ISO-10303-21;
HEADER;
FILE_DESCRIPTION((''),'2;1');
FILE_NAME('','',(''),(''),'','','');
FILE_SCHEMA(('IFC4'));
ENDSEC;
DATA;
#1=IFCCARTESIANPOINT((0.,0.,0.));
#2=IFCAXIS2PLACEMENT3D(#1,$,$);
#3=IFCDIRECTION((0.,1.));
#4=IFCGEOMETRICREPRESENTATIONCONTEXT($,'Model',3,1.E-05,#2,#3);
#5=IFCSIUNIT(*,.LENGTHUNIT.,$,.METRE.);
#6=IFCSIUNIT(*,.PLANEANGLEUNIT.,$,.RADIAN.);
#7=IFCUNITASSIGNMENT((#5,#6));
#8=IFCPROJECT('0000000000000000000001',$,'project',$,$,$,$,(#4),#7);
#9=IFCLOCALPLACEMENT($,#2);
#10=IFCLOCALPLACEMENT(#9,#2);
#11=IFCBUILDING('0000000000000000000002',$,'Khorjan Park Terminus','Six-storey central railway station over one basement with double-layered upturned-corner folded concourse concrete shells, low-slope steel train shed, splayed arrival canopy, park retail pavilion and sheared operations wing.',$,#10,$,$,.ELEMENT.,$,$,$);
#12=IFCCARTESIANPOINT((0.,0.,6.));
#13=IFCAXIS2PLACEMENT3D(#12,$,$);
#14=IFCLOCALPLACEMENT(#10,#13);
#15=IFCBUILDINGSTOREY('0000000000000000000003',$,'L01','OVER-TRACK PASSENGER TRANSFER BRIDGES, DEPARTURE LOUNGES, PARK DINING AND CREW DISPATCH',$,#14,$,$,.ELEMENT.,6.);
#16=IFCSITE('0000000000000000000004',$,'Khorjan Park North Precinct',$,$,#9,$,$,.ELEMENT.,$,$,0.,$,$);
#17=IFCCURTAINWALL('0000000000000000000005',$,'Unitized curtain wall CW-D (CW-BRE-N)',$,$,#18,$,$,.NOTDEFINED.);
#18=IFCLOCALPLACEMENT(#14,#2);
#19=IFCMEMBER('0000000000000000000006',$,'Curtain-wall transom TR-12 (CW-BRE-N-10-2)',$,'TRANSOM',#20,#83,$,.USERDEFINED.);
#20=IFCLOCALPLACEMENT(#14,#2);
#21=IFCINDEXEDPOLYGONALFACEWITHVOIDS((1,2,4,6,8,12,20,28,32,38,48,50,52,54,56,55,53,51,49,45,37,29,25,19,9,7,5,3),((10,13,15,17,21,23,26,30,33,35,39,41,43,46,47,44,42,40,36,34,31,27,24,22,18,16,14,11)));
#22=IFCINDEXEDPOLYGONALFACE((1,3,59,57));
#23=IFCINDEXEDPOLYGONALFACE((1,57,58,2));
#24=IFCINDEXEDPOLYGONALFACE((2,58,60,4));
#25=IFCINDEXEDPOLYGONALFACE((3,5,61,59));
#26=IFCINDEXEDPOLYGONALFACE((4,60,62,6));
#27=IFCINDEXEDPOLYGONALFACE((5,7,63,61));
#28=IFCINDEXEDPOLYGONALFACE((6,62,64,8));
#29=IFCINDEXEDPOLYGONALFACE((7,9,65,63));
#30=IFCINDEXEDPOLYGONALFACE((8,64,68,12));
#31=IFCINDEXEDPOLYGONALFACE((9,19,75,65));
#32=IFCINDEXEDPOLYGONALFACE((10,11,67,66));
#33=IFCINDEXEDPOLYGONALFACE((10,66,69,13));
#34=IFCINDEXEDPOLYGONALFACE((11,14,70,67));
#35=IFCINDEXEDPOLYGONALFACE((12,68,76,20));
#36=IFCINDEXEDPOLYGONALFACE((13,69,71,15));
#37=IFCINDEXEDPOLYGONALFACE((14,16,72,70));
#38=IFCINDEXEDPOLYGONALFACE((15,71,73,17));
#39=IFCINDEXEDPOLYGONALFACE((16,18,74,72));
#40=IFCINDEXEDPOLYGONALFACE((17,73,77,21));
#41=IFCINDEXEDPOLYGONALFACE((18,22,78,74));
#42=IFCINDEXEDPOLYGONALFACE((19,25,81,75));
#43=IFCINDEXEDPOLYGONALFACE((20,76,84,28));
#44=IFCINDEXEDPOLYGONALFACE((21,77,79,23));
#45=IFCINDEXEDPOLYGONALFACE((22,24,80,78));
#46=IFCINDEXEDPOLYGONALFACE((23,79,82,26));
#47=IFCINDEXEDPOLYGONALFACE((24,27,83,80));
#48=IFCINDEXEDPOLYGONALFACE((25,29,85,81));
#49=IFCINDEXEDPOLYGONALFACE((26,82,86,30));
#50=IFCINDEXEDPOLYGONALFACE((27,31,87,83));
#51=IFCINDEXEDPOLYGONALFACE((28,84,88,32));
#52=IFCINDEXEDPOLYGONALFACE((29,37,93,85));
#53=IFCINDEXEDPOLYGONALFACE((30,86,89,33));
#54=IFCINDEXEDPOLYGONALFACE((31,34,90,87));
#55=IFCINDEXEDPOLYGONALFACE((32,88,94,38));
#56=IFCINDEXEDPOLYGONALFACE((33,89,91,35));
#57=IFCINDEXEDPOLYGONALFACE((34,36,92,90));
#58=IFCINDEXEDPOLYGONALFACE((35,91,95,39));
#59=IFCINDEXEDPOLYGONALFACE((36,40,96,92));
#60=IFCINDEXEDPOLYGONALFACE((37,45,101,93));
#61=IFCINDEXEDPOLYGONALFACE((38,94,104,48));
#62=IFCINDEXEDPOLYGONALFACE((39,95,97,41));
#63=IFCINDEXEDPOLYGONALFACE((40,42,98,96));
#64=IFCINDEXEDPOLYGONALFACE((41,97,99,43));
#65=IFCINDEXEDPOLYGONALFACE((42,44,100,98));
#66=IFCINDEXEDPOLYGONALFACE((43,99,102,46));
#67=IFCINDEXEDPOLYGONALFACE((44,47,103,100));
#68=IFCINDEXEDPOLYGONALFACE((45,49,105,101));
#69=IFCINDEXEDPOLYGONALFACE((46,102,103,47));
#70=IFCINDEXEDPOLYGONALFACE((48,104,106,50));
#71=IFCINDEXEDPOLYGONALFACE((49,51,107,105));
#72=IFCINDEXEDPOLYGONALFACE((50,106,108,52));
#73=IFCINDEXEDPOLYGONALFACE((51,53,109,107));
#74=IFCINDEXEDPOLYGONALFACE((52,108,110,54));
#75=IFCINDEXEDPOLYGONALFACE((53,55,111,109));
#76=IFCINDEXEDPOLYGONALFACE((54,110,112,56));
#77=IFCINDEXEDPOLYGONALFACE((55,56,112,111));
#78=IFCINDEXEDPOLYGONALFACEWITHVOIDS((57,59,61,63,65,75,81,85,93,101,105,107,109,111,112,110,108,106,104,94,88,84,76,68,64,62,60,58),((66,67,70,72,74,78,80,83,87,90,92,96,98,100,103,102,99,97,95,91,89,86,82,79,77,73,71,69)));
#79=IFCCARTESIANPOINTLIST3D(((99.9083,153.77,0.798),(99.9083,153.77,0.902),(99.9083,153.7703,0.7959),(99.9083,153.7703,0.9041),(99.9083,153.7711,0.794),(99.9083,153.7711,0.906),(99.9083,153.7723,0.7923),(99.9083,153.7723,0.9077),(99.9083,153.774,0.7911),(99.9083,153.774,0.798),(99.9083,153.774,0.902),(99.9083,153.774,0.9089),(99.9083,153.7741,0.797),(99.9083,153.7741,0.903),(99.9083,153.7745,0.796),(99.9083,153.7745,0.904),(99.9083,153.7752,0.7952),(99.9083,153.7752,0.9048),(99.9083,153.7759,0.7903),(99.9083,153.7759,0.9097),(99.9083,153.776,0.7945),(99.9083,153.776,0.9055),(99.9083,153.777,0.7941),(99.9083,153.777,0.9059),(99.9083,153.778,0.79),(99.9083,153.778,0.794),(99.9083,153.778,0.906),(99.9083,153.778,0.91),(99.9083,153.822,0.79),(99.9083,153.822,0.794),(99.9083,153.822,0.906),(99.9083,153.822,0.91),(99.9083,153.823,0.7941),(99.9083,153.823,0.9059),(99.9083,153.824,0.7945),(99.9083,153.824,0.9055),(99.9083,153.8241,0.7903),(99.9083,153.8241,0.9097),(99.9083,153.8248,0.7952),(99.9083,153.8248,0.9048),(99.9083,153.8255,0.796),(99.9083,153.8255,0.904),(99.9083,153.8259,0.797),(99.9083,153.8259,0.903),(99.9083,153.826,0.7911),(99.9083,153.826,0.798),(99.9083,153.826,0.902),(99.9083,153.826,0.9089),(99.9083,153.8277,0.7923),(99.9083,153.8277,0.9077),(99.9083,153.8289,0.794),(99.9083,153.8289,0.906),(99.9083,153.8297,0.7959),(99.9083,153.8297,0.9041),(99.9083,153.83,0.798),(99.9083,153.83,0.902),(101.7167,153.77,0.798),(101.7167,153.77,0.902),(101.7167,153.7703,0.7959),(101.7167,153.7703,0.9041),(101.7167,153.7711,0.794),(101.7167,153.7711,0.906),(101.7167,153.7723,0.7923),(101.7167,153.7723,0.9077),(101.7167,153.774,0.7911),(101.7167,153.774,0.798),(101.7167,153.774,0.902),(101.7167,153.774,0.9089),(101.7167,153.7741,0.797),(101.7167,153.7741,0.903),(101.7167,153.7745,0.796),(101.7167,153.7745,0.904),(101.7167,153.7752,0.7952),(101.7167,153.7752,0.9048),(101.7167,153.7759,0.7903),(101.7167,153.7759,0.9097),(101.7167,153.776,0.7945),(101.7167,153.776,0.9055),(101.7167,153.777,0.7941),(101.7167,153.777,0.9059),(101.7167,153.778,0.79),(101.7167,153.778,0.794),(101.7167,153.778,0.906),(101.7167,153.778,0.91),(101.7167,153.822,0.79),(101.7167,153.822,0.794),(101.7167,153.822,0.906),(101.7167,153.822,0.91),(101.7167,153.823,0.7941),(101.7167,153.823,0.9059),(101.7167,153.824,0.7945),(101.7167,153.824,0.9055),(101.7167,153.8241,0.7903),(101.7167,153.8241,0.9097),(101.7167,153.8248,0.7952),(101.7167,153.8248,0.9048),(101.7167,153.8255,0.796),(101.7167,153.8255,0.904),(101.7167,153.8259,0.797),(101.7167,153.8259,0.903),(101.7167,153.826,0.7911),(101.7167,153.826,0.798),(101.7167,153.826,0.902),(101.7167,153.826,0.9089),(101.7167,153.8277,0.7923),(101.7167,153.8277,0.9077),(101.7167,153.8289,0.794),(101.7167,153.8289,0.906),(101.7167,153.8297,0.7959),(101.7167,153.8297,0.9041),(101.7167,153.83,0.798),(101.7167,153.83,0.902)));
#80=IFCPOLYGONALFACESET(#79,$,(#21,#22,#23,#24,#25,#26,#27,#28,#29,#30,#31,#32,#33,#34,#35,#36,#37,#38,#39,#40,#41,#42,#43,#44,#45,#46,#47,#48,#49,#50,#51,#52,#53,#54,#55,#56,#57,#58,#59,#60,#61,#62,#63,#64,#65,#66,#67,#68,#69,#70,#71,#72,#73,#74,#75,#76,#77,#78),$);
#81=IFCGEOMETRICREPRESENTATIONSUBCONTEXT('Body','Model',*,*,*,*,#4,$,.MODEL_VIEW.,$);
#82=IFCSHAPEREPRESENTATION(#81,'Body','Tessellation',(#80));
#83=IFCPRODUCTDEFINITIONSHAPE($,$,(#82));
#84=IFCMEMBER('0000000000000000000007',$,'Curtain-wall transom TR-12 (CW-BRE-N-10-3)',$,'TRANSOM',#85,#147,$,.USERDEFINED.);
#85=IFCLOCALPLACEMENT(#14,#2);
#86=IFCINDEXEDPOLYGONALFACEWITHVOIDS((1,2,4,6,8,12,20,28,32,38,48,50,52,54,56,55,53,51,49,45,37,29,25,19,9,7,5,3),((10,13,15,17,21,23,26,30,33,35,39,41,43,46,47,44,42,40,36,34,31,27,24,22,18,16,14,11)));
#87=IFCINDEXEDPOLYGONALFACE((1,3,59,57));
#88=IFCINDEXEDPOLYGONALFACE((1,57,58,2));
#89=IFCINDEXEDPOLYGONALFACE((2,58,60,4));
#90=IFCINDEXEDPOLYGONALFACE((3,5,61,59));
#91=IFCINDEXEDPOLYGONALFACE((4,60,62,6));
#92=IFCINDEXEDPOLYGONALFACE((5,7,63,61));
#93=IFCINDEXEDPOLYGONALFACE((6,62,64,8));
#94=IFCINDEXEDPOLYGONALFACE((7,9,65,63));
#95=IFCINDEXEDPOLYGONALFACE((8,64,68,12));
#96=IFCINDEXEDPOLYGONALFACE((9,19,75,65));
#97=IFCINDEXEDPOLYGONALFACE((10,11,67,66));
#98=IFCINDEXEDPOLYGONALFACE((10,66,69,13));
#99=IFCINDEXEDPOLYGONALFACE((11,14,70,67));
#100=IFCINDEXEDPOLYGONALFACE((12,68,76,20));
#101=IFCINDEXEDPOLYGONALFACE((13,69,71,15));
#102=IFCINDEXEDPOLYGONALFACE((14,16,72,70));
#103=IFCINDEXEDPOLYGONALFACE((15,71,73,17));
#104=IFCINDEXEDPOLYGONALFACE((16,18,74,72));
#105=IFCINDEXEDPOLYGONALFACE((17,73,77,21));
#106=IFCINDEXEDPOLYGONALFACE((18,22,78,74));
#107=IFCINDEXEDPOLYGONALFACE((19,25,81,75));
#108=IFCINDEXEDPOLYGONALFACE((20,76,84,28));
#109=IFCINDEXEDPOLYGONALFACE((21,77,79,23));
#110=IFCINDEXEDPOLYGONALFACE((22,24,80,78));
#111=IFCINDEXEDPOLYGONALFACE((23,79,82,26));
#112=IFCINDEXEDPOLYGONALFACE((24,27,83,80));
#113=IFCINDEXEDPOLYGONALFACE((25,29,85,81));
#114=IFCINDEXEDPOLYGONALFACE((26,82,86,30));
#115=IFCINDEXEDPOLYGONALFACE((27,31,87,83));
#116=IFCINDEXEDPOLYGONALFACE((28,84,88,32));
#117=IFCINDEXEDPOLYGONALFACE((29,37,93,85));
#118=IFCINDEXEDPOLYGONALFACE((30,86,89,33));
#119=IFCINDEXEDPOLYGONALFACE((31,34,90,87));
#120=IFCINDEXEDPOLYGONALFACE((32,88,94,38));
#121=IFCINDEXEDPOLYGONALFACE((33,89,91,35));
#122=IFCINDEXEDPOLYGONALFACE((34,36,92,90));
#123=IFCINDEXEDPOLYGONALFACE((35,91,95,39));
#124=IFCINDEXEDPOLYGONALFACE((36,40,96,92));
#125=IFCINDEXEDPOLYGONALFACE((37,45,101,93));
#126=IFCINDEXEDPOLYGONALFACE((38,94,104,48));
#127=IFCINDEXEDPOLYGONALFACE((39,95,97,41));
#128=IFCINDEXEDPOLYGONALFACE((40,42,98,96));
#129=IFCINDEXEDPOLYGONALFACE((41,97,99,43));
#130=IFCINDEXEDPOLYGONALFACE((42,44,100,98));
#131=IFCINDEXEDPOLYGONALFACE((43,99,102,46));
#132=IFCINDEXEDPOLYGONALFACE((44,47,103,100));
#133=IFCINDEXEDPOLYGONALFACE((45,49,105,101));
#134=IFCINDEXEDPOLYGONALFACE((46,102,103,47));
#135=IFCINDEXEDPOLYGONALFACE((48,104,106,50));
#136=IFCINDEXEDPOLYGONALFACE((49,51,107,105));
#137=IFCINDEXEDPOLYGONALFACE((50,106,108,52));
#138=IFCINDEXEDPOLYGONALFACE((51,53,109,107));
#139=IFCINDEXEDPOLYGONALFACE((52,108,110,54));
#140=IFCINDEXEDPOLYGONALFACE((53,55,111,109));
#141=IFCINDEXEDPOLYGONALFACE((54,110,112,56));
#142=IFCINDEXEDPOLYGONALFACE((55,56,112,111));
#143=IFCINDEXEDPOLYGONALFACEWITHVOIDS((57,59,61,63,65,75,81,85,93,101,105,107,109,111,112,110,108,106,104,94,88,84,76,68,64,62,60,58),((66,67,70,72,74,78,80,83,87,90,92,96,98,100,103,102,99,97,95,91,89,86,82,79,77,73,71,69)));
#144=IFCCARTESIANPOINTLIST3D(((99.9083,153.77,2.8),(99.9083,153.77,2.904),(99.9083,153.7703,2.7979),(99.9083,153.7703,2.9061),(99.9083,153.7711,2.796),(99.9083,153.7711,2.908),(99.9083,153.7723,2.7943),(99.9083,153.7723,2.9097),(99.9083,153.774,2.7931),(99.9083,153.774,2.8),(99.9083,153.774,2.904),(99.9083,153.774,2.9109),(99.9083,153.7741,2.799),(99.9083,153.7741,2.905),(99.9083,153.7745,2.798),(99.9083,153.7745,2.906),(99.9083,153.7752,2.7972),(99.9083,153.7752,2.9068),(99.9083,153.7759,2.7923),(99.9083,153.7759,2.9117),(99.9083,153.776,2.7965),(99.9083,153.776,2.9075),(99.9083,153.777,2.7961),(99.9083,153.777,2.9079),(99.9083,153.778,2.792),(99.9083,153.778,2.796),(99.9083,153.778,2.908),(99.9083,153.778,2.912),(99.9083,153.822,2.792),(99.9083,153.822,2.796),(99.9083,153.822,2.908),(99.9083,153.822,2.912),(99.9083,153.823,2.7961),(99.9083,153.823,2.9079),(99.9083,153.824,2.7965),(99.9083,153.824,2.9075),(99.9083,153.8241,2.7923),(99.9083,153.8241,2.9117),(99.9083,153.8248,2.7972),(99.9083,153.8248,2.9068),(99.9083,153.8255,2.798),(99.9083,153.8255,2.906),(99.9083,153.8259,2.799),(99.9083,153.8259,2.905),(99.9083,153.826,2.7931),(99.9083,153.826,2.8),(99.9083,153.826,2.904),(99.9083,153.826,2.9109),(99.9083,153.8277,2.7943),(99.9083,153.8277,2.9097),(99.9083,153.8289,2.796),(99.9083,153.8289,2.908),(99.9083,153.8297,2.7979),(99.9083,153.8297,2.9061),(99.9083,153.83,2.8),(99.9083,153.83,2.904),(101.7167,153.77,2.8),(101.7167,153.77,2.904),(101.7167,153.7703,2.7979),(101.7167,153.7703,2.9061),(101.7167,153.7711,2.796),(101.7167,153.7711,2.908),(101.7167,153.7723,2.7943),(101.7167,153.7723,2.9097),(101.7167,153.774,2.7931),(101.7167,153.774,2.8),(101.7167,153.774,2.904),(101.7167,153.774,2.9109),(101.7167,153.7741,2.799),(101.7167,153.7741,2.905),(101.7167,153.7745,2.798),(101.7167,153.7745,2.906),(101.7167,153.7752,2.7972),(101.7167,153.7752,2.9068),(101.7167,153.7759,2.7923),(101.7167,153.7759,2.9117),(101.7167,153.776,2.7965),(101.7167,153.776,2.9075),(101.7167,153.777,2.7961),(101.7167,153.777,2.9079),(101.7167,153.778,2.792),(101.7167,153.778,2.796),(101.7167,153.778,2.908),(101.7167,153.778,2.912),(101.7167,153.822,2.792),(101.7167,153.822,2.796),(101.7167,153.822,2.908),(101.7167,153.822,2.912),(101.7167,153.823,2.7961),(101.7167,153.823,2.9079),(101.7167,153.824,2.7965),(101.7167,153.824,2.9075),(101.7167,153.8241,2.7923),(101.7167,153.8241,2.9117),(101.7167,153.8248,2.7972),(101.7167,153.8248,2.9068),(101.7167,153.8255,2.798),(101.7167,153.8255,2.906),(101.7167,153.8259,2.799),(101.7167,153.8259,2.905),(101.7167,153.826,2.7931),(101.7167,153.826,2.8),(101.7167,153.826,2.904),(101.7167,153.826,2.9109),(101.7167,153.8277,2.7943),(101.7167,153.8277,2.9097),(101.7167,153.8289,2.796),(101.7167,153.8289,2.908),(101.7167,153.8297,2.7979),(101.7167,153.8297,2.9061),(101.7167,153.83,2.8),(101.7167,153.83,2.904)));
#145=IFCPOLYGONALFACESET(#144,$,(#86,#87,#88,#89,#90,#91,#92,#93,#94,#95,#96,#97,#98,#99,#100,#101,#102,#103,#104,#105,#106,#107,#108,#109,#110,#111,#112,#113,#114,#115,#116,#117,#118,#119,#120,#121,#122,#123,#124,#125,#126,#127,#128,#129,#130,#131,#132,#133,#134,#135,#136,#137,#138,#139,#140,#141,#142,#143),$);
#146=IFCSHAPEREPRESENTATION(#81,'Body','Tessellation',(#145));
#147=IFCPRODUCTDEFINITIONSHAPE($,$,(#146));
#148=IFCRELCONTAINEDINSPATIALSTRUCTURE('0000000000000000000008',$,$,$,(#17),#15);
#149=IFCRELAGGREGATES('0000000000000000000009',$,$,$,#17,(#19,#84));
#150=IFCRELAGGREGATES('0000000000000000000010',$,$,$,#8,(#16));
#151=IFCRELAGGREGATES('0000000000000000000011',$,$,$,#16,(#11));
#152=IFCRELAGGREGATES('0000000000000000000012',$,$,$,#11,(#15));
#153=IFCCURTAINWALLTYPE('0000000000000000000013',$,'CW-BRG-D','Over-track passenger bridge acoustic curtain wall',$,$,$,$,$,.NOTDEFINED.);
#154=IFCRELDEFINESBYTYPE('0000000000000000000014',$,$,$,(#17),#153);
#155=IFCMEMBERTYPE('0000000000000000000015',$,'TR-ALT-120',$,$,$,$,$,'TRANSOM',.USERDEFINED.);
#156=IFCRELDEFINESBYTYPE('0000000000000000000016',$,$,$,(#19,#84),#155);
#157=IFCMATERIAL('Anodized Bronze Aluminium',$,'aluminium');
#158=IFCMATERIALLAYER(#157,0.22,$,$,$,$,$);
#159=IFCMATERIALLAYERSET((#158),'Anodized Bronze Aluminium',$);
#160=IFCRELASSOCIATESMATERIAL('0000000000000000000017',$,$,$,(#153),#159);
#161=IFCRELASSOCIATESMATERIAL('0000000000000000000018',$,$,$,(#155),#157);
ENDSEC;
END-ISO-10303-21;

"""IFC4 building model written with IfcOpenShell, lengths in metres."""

from ifc_helpers import new_model, si_unit, direction, frame, origin, origin_2d, place, context, subcontext, project, spatial, hollow_rectangle, extrude, material, layer, layer_set, material_profile, profile_set, type_object, element, aggregate, save


model = new_model("IFC4")

# Units and contexts
model_context = context("Model", 3, precision=1e-05, world=origin(), true_north=direction((0.0, 1.0)))
body_context = subcontext(model_context, "Body", "Model", "MODEL_VIEW")
ifc_project = project(units=[si_unit("LENGTHUNIT", "METRE"), si_unit("PLANEANGLEUNIT", "RADIAN")], contexts=[model_context])

# Site, building, storey
site_placement = place(None, origin())
site = spatial("IfcSite", under=ifc_project, at=site_placement, Name="Khorjan Park North Precinct", CompositionType="ELEMENT", RefElevation=0.0)
building_placement = place(site_placement, origin())
building = spatial("IfcBuilding", under=site, at=building_placement, Name="Khorjan Park Terminus", Description="Six-storey central railway station over one basement with double-layered upturned-corner folded concourse concrete shells, low-slope steel train shed, splayed arrival canopy, park retail pavilion and sheared operations wing.", CompositionType="ELEMENT")
storey_placement = place(building_placement, frame((0.0, 0.0, 6.0)))
storey = spatial("IfcBuildingStorey", under=building, at=storey_placement, Name="L01", Description="OVER-TRACK PASSENGER TRANSFER BRIDGES, DEPARTURE LOUNGES, PARK DINING AND CREW DISPATCH", CompositionType="ELEMENT", Elevation=6.0)

# Curtain wall, members
ifc_material_1 = material(Name="Anodized Bronze Aluminium", Category="aluminium")
ifc_layer_1 = layer(ifc_material_1, 0.22)
ifc_layer_set_1 = layer_set([ifc_layer_1], Name="Anodized Bronze Aluminium")
curtain_wall_type = type_object("IfcCurtainWallType", Name="CW-BRG-D", Description="Over-track passenger bridge acoustic curtain wall", PredefinedType="NOTDEFINED", material=ifc_layer_set_1)
curtain_wall_placement = place(storey_placement, origin())
curtain_wall = element("IfcCurtainWall", 1, at=curtain_wall_placement, inside=storey, type_object=curtain_wall_type, Name="Unitized curtain wall CW-D (CW-BRE-N)", PredefinedType="NOTDEFINED")
ifc_material_profile_1 = material_profile(ifc_material_1, hollow_rectangle(XDim=0.06, YDim=0.12, WallThickness=0.004, InnerFilletRadius=0.004, OuterFilletRadius=0.008, at=origin_2d()), Name="ALT 60x120x4")
ifc_profile_set_1 = profile_set([ifc_material_profile_1], Name="Anodized Bronze Aluminium")
member_type_1 = type_object("IfcMemberType", Name="TR-ALT-120", ElementType="TRANSOM", PredefinedType="USERDEFINED", material=ifc_profile_set_1)
member_1_placement = place(storey_placement, frame((101.7167, 153.8, 0.85), z_axis=(-1.0, 0.0, 0.0), x_axis=(0.0, -1.0, 0.0)))
member_1 = element("IfcMember", 2, at=member_1_placement, type_object=member_type_1, Name="Curtain-wall transom TR-12 (CW-BRE-N-10-2)", ObjectType="TRANSOM", PredefinedType="USERDEFINED", context=body_context, shape_type="SweptSolid", body=[
    extrude(hollow_rectangle(XDim=0.06, YDim=0.12, WallThickness=0.004, InnerFilletRadius=0.004, OuterFilletRadius=0.008, at=origin_2d()), origin(), (0.0, 0.0, 1.0), 1.8084),
])
member_2_placement = place(storey_placement, frame((101.7167, 153.8, 2.852), z_axis=(-1.0, 0.0, 0.0), x_axis=(0.0, -1.0, 0.0)))
member_2 = element("IfcMember", 3, at=member_2_placement, type_object=member_type_1, Name="Curtain-wall transom TR-12 (CW-BRE-N-10-3)", ObjectType="TRANSOM", PredefinedType="USERDEFINED", context=body_context, shape_type="SweptSolid", body=[
    extrude(hollow_rectangle(XDim=0.06, YDim=0.12, WallThickness=0.004, InnerFilletRadius=0.004, OuterFilletRadius=0.008, at=origin_2d()), origin(), (0.0, 0.0, 1.0), 1.8084),
])
aggregate(curtain_wall, [member_1, member_2])

save(model, "model.ifc")
